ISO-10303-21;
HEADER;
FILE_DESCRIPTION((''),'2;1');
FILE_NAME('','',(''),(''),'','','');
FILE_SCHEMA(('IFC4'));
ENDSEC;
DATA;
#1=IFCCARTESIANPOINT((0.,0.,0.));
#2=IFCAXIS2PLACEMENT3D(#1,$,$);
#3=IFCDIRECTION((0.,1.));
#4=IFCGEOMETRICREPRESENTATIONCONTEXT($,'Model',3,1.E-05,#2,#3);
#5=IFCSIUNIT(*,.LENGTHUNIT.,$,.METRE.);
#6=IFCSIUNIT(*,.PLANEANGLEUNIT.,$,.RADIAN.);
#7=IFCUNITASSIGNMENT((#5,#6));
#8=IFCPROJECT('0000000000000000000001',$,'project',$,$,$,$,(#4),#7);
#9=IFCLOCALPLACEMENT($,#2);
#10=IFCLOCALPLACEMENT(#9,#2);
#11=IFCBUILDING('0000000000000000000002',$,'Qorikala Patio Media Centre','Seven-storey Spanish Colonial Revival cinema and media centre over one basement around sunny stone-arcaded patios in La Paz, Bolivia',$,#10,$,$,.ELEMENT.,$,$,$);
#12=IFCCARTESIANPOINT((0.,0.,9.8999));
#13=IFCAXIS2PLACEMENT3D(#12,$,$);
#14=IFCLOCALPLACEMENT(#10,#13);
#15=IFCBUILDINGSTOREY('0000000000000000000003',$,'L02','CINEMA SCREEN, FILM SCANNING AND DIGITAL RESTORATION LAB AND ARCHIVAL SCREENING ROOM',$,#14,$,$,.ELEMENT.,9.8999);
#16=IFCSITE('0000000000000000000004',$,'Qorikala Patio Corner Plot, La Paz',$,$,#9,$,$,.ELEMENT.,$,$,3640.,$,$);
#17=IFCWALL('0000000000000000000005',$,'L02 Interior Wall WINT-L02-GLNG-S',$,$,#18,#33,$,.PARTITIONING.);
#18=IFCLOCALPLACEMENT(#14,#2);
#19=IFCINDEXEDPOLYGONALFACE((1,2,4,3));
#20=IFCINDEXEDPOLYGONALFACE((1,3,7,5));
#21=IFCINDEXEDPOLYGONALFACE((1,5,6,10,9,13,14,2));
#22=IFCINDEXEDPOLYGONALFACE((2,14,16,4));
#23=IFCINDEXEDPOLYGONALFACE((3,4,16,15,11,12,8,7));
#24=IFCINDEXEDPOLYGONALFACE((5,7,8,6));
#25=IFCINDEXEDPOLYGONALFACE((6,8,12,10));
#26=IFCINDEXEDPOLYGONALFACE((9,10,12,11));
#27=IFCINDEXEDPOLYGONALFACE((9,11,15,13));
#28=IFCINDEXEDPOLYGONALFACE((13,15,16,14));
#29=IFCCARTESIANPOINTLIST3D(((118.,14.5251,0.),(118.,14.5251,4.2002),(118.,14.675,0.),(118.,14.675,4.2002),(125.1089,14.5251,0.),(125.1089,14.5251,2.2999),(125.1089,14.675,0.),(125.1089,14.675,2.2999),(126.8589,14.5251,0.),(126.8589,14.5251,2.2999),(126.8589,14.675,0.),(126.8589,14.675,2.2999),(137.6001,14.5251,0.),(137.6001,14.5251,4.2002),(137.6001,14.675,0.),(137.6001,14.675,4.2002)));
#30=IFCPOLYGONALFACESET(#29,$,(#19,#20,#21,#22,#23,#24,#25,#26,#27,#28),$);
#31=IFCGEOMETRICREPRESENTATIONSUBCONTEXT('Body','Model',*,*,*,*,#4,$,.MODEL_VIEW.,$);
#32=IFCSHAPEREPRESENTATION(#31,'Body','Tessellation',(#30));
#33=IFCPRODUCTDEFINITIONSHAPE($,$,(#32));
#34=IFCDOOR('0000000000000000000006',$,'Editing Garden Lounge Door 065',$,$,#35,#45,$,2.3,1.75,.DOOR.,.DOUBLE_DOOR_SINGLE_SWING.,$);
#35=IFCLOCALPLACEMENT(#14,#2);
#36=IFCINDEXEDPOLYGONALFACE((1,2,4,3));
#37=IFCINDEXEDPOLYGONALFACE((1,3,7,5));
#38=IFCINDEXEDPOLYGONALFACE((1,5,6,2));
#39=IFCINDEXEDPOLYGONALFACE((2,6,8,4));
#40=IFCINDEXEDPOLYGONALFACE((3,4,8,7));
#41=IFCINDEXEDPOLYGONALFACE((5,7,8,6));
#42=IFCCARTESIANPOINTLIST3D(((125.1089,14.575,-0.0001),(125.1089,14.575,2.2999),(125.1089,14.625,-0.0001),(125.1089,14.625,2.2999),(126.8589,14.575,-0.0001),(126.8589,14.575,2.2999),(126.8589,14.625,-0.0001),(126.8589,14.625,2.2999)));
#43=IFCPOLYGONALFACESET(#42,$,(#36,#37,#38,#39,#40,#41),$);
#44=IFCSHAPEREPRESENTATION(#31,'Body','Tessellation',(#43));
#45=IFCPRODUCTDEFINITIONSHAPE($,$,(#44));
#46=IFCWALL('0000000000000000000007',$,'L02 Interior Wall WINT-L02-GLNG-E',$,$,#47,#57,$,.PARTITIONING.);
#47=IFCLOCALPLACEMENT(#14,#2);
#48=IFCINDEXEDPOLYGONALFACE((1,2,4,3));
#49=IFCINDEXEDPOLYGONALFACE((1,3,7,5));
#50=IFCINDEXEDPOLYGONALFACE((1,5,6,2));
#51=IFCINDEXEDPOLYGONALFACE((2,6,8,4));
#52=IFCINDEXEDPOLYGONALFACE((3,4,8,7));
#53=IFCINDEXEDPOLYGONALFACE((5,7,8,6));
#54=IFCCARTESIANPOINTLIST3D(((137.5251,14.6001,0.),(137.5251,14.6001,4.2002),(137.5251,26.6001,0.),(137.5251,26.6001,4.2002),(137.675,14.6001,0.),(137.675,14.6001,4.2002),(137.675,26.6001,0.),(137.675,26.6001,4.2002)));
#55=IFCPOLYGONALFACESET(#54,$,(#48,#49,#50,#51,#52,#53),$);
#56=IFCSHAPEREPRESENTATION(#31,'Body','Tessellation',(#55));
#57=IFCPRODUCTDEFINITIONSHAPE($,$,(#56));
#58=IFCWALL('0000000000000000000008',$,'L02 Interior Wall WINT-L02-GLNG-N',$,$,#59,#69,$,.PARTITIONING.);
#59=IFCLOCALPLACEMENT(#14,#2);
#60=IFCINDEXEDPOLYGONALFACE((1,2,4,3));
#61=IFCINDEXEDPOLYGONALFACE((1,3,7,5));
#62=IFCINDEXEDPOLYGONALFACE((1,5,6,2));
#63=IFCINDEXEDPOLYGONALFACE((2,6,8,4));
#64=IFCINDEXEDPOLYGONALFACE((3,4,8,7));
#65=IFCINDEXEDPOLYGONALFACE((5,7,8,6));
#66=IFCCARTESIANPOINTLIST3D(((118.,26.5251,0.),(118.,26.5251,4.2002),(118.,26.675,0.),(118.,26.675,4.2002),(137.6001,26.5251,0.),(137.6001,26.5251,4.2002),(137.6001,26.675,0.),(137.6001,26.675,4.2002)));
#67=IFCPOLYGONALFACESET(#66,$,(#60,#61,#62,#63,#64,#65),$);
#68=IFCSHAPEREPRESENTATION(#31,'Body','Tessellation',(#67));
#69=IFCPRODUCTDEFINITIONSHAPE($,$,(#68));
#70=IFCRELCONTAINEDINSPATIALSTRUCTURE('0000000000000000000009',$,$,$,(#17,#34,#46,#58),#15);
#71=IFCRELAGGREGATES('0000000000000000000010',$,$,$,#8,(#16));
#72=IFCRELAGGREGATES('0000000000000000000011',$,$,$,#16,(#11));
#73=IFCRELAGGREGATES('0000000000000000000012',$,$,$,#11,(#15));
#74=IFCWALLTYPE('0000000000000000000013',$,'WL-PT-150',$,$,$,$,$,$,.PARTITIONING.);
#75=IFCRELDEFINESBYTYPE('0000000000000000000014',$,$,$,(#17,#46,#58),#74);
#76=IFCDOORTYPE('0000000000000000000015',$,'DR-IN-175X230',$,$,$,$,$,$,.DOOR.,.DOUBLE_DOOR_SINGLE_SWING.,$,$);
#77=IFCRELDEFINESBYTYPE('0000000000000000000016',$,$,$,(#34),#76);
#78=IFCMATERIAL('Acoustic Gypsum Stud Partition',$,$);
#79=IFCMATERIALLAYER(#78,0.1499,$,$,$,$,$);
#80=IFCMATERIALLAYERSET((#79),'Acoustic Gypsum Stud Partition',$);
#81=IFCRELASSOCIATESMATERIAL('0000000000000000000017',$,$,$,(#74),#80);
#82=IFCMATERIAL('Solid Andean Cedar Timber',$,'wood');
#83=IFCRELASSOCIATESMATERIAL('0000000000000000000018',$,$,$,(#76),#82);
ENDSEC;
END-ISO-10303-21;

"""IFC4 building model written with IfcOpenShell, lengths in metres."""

from ifc_helpers import new_model, si_unit, direction, frame, frame_2d, origin, place, context, subcontext, project, spatial, rectangle, extrude, material, layer, layer_set, type_object, element, fill, save


model = new_model("IFC4")

# Units and contexts
model_context = context("Model", 3, precision=1e-05, world=origin(), true_north=direction((0.0, 1.0)))
body_context = subcontext(model_context, "Body", "Model", "MODEL_VIEW")
ifc_project = project(units=[si_unit("LENGTHUNIT", "METRE"), si_unit("PLANEANGLEUNIT", "RADIAN")], contexts=[model_context])

# Site, building, storey
site_placement = place(None, origin())
site = spatial("IfcSite", under=ifc_project, at=site_placement, Name="Qorikala Patio Corner Plot, La Paz", CompositionType="ELEMENT", RefElevation=3640.0)
building_placement = place(site_placement, origin())
building = spatial("IfcBuilding", under=site, at=building_placement, Name="Qorikala Patio Media Centre", Description="Seven-storey Spanish Colonial Revival cinema and media centre over one basement around sunny stone-arcaded patios in La Paz, Bolivia", CompositionType="ELEMENT")
storey_placement = place(building_placement, frame((0.0, 0.0, 9.8999)))
storey = spatial("IfcBuildingStorey", under=building, at=storey_placement, Name="L02", Description="CINEMA SCREEN, FILM SCANNING AND DIGITAL RESTORATION LAB AND ARCHIVAL SCREENING ROOM", CompositionType="ELEMENT", Elevation=9.8999)

# Shared definitions
ifc_material_1 = material(Name="Acoustic Gypsum Stud Partition")
ifc_layer_1 = layer(ifc_material_1, 0.1499)
ifc_layer_set_1 = layer_set([ifc_layer_1], Name="Acoustic Gypsum Stud Partition")
wall_type_1 = type_object("IfcWallType", Name="WL-PT-150", PredefinedType="PARTITIONING", material=ifc_layer_set_1)

# Wall, opening, door
wall_1_placement = place(storey_placement, frame((118.0, 14.6001, 0.0), z_axis=(0.0, 0.0, 1.0), x_axis=(1.0, 0.0, 0.0)))
wall_1 = element("IfcWall", 1, at=wall_1_placement, inside=storey, type_object=wall_type_1, Name="L02 Interior Wall WINT-L02-GLNG-S", PredefinedType="PARTITIONING", context=body_context, shape_type="SweptSolid", body=[
    extrude(rectangle(XDim=19.6001, YDim=0.1499, at=frame_2d((9.8, 0.0))), origin(), (0.0, 0.0, 1.0), 4.2002),
])
opening_1_placement = place(wall_1_placement, frame((7.1089, 0.0, 0.0)))
opening_1 = element("IfcOpeningElement", 2, at=opening_1_placement, cuts=wall_1, PredefinedType="OPENING", context=body_context, shape_type="SweptSolid", body=[
    extrude(rectangle(XDim=1.75, YDim=2.3, at=frame_2d((0.875, 1.1499))), frame((0.0, 0.085, 0.0), z_axis=(0.0, -1.0, 0.0), x_axis=(1.0, 0.0, 0.0)), (0.0, 0.0, 1.0), 0.1699),
])
ifc_material_2 = material(Name="Solid Andean Cedar Timber", Category="wood")
door_type = type_object("IfcDoorType", Name="DR-IN-175X230", OperationType="DOUBLE_DOOR_SINGLE_SWING", PredefinedType="DOOR", material=ifc_material_2)
door_placement = place(opening_1_placement, origin())
door = element("IfcDoor", 3, at=door_placement, inside=storey, type_object=door_type, Name="Editing Garden Lounge Door 065", OperationType="DOUBLE_DOOR_SINGLE_SWING", OverallHeight=2.3, OverallWidth=1.75, PredefinedType="DOOR", context=body_context, shape_type="SweptSolid", body=[
    extrude(rectangle(XDim=1.75, YDim=2.3, at=frame_2d((0.875, 1.1499))), frame((0.0, 0.0249, 0.0), z_axis=(0.0, -1.0, 0.0), x_axis=(1.0, 0.0, 0.0)), (0.0, 0.0, 1.0), 0.05),
])
fill(opening_1, door)

# Walls
wall_2_placement = place(storey_placement, frame((137.6001, 14.6001, 0.0), z_axis=(0.0, 0.0, 1.0), x_axis=(0.0, 1.0, 0.0)))
element("IfcWall", 4, at=wall_2_placement, inside=storey, type_object=wall_type_1, Name="L02 Interior Wall WINT-L02-GLNG-E", PredefinedType="PARTITIONING", context=body_context, shape_type="SweptSolid", body=[
    extrude(rectangle(XDim=12.0, YDim=0.1499, at=frame_2d((6.0, 0.0))), origin(), (0.0, 0.0, 1.0), 4.2002),
])
wall_3_placement = place(storey_placement, frame((118.0, 26.6001, 0.0), z_axis=(0.0, 0.0, 1.0), x_axis=(1.0, 0.0, 0.0)))
element("IfcWall", 5, at=wall_3_placement, inside=storey, type_object=wall_type_1, Name="L02 Interior Wall WINT-L02-GLNG-N", PredefinedType="PARTITIONING", context=body_context, shape_type="SweptSolid", body=[
    extrude(rectangle(XDim=19.6001, YDim=0.1499, at=frame_2d((9.8, 0.0))), origin(), (0.0, 0.0, 1.0), 4.2002),
])

save(model, "model.ifc")
